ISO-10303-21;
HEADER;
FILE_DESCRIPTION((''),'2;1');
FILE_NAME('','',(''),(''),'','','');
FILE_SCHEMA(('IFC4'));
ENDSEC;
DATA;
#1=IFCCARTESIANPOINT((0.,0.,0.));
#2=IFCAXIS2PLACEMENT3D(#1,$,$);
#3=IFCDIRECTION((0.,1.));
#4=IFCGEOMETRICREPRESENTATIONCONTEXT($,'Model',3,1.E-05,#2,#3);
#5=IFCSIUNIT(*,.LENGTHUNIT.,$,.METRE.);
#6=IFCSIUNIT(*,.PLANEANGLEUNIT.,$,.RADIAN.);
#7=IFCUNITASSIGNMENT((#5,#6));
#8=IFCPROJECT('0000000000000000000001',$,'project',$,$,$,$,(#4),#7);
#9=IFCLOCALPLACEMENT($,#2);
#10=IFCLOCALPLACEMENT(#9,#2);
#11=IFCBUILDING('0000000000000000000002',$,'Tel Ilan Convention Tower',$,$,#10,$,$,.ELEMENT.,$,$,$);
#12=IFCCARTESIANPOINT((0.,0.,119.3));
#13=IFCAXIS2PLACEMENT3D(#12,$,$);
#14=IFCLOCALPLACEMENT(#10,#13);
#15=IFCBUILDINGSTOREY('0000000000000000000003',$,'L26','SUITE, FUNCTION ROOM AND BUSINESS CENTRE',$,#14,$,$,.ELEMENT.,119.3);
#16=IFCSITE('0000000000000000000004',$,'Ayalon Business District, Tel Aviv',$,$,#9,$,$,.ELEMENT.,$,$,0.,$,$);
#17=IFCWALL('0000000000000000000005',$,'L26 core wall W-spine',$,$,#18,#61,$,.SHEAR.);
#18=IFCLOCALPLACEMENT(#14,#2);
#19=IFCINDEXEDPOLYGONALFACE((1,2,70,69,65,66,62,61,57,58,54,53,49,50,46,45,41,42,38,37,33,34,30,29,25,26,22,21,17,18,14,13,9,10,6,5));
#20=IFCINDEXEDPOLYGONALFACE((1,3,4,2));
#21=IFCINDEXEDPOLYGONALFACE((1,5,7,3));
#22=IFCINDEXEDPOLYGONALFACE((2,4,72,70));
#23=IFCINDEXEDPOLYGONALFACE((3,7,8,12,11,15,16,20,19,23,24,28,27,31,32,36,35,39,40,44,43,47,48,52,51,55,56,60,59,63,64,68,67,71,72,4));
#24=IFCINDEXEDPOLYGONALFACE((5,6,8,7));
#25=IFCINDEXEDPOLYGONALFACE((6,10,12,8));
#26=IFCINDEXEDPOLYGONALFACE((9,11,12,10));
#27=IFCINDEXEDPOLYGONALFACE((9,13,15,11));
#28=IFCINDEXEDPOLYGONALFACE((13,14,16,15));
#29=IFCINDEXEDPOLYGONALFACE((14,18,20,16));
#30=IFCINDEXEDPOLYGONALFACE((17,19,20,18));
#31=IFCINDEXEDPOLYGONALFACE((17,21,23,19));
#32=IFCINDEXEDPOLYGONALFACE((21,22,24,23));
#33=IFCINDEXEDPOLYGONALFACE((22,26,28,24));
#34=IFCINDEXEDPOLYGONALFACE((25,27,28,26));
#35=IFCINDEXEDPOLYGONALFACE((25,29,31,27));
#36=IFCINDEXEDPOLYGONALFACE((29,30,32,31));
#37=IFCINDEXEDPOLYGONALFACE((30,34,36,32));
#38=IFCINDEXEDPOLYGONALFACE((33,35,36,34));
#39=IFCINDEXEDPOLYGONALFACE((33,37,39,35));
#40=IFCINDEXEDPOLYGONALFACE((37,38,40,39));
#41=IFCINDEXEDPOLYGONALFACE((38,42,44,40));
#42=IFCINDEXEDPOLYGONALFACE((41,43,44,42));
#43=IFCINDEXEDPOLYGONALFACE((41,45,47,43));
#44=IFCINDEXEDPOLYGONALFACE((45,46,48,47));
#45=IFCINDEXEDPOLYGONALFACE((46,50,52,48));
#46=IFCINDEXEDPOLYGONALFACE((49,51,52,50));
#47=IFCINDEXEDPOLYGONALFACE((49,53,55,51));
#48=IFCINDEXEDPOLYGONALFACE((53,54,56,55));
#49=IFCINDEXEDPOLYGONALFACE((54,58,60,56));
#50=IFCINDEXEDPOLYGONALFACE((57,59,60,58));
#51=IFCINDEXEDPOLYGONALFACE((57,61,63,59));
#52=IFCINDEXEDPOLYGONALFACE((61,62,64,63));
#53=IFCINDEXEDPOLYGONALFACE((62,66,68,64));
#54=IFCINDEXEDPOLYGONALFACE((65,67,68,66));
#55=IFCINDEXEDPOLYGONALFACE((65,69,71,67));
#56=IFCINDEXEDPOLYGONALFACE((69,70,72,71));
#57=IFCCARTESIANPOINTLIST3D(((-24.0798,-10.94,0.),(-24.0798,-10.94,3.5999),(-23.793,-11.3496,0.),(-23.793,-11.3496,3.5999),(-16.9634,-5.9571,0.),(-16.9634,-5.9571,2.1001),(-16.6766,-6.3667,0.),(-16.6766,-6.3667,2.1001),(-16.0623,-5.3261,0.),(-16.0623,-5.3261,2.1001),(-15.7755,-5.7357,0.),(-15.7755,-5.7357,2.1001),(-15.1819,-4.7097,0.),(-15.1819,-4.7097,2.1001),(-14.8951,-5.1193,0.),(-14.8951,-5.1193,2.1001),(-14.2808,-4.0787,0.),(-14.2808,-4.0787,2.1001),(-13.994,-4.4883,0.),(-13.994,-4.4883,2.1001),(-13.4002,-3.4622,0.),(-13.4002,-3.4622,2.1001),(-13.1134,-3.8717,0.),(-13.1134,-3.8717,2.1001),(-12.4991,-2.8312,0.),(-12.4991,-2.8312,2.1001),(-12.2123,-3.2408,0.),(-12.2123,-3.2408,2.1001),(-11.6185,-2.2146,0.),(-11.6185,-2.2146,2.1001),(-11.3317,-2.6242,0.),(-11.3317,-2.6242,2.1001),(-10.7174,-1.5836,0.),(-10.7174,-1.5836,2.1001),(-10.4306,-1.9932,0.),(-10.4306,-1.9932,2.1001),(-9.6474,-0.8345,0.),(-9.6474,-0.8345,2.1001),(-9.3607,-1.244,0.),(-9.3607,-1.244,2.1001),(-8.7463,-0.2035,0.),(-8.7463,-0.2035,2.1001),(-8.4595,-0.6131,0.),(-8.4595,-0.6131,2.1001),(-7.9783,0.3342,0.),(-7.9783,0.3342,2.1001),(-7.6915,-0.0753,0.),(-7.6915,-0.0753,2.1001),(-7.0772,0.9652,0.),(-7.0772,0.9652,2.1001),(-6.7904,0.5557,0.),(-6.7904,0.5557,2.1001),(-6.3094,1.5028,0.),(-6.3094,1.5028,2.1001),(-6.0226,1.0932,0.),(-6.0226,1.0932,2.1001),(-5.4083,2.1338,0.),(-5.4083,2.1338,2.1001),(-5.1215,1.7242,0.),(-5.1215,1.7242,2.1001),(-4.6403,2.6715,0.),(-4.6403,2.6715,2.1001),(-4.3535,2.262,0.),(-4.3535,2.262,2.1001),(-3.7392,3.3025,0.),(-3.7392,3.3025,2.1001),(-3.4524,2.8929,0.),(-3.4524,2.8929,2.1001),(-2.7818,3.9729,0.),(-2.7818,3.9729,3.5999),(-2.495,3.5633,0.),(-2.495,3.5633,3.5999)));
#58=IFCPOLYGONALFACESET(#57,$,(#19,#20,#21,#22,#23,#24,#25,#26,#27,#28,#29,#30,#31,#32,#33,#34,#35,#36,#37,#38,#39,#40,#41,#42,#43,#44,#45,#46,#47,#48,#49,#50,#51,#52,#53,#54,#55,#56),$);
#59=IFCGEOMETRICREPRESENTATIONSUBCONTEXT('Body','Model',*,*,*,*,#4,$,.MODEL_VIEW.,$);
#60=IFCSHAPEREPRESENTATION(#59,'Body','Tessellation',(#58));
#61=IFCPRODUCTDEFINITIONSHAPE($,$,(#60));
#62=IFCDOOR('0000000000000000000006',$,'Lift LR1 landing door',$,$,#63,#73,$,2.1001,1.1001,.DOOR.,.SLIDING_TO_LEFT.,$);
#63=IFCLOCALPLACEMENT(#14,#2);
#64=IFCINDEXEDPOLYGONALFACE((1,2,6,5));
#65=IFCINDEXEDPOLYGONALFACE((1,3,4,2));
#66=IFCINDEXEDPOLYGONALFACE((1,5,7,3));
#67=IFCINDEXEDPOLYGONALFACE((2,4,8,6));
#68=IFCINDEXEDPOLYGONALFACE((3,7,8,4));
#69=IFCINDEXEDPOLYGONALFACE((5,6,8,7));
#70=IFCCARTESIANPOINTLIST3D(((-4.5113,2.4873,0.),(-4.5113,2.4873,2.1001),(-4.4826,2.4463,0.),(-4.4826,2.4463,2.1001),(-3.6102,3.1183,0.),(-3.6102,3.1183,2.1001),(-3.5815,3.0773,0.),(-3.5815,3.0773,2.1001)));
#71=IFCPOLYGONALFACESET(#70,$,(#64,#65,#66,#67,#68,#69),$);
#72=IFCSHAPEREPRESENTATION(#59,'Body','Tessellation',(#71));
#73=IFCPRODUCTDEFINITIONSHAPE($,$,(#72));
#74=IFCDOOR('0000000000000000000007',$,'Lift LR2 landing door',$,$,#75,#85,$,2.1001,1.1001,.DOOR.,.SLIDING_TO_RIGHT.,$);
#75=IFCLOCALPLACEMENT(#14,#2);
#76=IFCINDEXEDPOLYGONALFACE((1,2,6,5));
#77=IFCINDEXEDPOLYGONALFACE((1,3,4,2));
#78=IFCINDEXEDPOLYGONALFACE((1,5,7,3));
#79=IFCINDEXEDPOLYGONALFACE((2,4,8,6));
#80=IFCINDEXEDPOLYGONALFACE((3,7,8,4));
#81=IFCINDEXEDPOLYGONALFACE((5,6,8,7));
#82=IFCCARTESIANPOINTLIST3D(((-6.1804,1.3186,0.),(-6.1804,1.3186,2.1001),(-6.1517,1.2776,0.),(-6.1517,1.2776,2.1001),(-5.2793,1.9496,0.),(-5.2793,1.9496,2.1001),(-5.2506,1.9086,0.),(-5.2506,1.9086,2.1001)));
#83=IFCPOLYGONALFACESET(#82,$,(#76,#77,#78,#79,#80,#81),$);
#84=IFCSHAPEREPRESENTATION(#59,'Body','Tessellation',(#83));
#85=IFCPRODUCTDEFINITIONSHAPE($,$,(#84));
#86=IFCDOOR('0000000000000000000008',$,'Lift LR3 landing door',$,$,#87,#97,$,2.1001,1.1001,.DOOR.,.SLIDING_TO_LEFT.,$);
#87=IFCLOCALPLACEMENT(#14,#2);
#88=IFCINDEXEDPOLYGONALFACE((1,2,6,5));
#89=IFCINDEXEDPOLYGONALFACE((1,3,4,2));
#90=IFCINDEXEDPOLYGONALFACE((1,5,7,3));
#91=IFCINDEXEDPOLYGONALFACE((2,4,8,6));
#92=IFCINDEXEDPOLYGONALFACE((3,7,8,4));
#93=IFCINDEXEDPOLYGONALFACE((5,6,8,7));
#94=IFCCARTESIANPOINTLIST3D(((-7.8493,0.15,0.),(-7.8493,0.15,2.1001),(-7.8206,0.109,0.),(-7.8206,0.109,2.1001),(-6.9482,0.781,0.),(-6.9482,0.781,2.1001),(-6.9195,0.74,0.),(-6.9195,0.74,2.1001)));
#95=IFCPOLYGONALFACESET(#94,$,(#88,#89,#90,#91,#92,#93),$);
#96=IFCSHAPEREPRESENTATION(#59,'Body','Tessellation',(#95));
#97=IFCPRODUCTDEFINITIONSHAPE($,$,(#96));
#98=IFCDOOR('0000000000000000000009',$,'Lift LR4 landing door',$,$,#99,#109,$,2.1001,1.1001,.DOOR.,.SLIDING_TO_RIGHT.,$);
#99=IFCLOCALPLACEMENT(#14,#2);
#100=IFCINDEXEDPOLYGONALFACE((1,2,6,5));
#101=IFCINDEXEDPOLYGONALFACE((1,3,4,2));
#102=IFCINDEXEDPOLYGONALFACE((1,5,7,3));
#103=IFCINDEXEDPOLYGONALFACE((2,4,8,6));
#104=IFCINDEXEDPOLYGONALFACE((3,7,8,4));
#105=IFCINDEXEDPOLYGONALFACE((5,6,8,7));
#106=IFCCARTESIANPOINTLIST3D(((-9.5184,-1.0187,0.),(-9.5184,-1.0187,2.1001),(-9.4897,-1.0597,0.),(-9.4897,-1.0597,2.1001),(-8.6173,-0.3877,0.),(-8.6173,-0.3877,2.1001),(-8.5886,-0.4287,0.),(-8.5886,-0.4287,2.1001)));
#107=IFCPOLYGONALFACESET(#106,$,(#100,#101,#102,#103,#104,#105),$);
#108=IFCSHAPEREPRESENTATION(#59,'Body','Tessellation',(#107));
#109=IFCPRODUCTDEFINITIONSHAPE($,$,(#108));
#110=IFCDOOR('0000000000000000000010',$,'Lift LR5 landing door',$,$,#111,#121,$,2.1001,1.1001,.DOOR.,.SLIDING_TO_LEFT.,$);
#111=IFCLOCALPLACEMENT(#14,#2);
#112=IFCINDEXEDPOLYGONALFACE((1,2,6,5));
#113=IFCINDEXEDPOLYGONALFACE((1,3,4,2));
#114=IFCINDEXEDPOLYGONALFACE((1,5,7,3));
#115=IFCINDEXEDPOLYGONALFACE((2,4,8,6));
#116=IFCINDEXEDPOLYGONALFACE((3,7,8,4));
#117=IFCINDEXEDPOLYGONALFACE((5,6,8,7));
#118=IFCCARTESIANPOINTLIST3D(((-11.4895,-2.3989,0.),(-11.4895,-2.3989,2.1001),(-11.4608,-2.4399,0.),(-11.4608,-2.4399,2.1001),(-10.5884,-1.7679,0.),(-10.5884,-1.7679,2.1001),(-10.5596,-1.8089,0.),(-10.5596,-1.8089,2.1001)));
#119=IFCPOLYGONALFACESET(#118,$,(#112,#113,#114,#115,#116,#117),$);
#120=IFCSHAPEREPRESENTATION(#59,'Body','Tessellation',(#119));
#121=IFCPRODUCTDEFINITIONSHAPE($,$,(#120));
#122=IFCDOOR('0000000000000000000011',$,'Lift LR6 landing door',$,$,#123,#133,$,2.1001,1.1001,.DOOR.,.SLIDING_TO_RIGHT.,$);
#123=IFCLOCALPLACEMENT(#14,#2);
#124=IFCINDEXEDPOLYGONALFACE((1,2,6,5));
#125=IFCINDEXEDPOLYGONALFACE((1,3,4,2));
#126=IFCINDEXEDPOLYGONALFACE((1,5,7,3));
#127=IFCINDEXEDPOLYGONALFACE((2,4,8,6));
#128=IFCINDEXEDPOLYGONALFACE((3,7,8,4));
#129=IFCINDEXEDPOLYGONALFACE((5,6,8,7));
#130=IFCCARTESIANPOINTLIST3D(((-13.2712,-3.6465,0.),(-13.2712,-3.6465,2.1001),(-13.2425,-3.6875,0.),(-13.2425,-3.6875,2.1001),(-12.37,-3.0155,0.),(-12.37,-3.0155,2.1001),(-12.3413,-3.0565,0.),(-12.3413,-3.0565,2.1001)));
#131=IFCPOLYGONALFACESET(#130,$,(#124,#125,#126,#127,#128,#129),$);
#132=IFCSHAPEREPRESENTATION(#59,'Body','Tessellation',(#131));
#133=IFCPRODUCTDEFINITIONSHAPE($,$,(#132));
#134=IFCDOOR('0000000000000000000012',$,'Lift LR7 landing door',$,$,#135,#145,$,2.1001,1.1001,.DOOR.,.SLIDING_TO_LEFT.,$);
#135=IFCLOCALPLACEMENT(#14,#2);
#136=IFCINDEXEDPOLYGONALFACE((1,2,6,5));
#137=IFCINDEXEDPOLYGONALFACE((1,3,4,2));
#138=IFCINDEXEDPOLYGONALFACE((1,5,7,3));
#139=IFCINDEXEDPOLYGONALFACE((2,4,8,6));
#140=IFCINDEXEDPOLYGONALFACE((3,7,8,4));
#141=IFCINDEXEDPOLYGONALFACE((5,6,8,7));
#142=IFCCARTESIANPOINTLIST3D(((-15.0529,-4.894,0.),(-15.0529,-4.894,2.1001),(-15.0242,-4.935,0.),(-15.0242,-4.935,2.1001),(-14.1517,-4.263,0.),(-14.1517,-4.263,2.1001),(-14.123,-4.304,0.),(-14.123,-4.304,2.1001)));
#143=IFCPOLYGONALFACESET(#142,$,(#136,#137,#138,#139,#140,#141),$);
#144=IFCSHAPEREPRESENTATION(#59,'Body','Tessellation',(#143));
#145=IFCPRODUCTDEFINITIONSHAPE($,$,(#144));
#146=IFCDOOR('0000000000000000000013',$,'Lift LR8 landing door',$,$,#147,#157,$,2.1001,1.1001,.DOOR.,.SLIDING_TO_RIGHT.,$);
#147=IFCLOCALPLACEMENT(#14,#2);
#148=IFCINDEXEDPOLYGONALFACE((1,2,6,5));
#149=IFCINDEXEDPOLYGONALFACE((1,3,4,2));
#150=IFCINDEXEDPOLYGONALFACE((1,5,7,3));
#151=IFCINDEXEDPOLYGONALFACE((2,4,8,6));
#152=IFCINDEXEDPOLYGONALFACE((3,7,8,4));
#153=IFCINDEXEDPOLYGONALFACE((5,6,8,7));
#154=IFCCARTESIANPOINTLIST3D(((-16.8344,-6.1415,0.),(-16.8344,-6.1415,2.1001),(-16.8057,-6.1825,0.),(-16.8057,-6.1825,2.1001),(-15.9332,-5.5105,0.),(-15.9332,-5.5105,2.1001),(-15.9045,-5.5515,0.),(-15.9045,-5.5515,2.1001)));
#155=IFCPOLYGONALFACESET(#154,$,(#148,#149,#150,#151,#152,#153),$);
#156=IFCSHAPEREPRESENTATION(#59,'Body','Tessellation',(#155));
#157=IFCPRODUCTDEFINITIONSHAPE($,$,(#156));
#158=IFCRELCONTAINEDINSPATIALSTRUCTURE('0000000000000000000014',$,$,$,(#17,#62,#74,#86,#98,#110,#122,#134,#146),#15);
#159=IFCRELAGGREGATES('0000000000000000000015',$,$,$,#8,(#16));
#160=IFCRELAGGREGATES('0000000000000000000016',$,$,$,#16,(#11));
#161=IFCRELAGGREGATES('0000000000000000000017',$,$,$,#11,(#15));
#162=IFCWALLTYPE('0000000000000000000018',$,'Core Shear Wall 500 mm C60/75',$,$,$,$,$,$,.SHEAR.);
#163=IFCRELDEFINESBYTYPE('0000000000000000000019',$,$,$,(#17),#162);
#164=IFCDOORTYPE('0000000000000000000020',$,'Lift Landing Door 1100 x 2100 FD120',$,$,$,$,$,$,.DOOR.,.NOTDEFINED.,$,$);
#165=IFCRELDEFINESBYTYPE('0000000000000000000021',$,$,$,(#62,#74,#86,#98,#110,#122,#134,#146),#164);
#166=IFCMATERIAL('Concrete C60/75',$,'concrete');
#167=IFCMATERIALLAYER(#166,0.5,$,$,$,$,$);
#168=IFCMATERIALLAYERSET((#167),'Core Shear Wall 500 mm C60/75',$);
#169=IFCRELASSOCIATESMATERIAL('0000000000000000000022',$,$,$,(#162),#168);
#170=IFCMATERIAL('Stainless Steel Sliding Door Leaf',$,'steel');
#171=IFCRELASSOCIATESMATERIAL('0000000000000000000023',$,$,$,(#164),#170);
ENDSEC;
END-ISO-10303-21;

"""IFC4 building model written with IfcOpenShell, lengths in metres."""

from ifc_helpers import new_model, si_unit, direction, frame, frame_2d, origin, place, context, subcontext, project, spatial, polyline, rectangle, outline, extrude, material, layer, layer_set, type_object, element, fill, save


model = new_model("IFC4")

# Units and contexts
model_context = context("Model", 3, precision=1e-05, world=origin(), true_north=direction((0.0, 1.0)))
body_context = subcontext(model_context, "Body", "Model", "MODEL_VIEW")
ifc_project = project(units=[si_unit("LENGTHUNIT", "METRE"), si_unit("PLANEANGLEUNIT", "RADIAN")], contexts=[model_context])

# Site, building, storey
site_placement = place(None, origin())
site = spatial("IfcSite", under=ifc_project, at=site_placement, Name="Ayalon Business District, Tel Aviv", CompositionType="ELEMENT", RefElevation=0.0)
building_placement = place(site_placement, origin())
building = spatial("IfcBuilding", under=site, at=building_placement, Name="Tel Ilan Convention Tower", CompositionType="ELEMENT")
storey_placement = place(building_placement, frame((0.0, 0.0, 119.3)))
storey = spatial("IfcBuildingStorey", under=building, at=storey_placement, Name="L26", Description="SUITE, FUNCTION ROOM AND BUSINESS CENTRE", CompositionType="ELEMENT", Elevation=119.3)

# Wall, openings, doors
ifc_material_1 = material(Name="Concrete C60/75", Category="concrete")
ifc_layer_1 = layer(ifc_material_1, 0.5)
ifc_layer_set_1 = layer_set([ifc_layer_1], Name="Core Shear Wall 500 mm C60/75")
wall_type_1 = type_object("IfcWallType", Name="Core Shear Wall 500 mm C60/75", PredefinedType="SHEAR", material=ifc_layer_set_1)
wall_1_placement = place(storey_placement, frame((-2.6384, 3.7681, 0.0), z_axis=(0.0, 0.0, 1.0), x_axis=(-0.819149, -0.573581, 0.0)))
wall_1 = element("IfcWall", 1, at=wall_1_placement, inside=storey, type_object=wall_type_1, Name="L26 core wall W-spine", PredefinedType="SHEAR", context=body_context, shape_type="SweptSolid", body=[
    extrude(outline(polyline([(26.0, 0.2498), (0.0, 0.25), (0.0, -0.25), (26.0, -0.2502), (26.0, 0.2498)])), origin(), (0.0, 0.0, 1.0), 3.5999),
])
opening_1_placement = place(wall_1_placement, frame((1.1687, 0.0, 0.0)))
opening_1 = element("IfcOpeningElement", 2, at=opening_1_placement, cuts=wall_1, PredefinedType="OPENING", context=body_context, shape_type="SweptSolid", body=[
    extrude(rectangle(XDim=1.1001, YDim=2.1001, at=frame_2d((0.55, 1.05))), frame((0.0, 0.26, 0.0), z_axis=(0.0, -1.0, 0.0), x_axis=(1.0, 0.0, 0.0)), (0.0, 0.0, 1.0), 0.52),
])
opening_2_placement = place(wall_1_placement, frame((3.2063, 0.0, 0.0)))
opening_2 = element("IfcOpeningElement", 3, at=opening_2_placement, cuts=wall_1, PredefinedType="OPENING", context=body_context, shape_type="SweptSolid", body=[
    extrude(rectangle(XDim=1.1001, YDim=2.1001, at=frame_2d((0.55, 1.05))), frame((0.0, 0.26, 0.0), z_axis=(0.0, -1.0, 0.0), x_axis=(1.0, 0.0, 0.0)), (0.0, 0.0, 1.0), 0.52),
])
opening_3_placement = place(wall_1_placement, frame((5.2437, 0.0, 0.0)))
opening_3 = element("IfcOpeningElement", 4, at=opening_3_placement, cuts=wall_1, PredefinedType="OPENING", context=body_context, shape_type="SweptSolid", body=[
    extrude(rectangle(XDim=1.1001, YDim=2.1001, at=frame_2d((0.55, 1.05))), frame((0.0, 0.26, 0.0), z_axis=(0.0, -1.0, 0.0), x_axis=(1.0, 0.0, 0.0)), (0.0, 0.0, 1.0), 0.52),
])
opening_4_placement = place(wall_1_placement, frame((7.2812, 0.0, 0.0)))
opening_4 = element("IfcOpeningElement", 5, at=opening_4_placement, cuts=wall_1, PredefinedType="OPENING", context=body_context, shape_type="SweptSolid", body=[
    extrude(rectangle(XDim=1.1001, YDim=2.1001, at=frame_2d((0.55, 1.05))), frame((0.0, 0.26, 0.0), z_axis=(0.0, -1.0, 0.0), x_axis=(1.0, 0.0, 0.0)), (0.0, 0.0, 1.0), 0.52),
])
opening_5_placement = place(wall_1_placement, frame((9.6875, 0.0, 0.0)))
opening_5 = element("IfcOpeningElement", 6, at=opening_5_placement, cuts=wall_1, PredefinedType="OPENING", context=body_context, shape_type="SweptSolid", body=[
    extrude(rectangle(XDim=1.1001, YDim=2.1001, at=frame_2d((0.55, 1.05))), frame((0.0, 0.26, 0.0), z_axis=(0.0, -1.0, 0.0), x_axis=(1.0, 0.0, 0.0)), (0.0, 0.0, 1.0), 0.52),
])
opening_6_placement = place(wall_1_placement, frame((11.8625, 0.0, 0.0)))
opening_6 = element("IfcOpeningElement", 7, at=opening_6_placement, cuts=wall_1, PredefinedType="OPENING", context=body_context, shape_type="SweptSolid", body=[
    extrude(rectangle(XDim=1.1001, YDim=2.1001, at=frame_2d((0.55, 1.05))), frame((0.0, 0.26, 0.0), z_axis=(0.0, -1.0, 0.0), x_axis=(1.0, 0.0, 0.0)), (0.0, 0.0, 1.0), 0.52),
])
opening_7_placement = place(wall_1_placement, frame((14.0376, 0.0, 0.0)))
opening_7 = element("IfcOpeningElement", 8, at=opening_7_placement, cuts=wall_1, PredefinedType="OPENING", context=body_context, shape_type="SweptSolid", body=[
    extrude(rectangle(XDim=1.1001, YDim=2.1001, at=frame_2d((0.55, 1.05))), frame((0.0, 0.26, 0.0), z_axis=(0.0, -1.0, 0.0), x_axis=(1.0, 0.0, 0.0)), (0.0, 0.0, 1.0), 0.52),
])
opening_8_placement = place(wall_1_placement, frame((16.2124, 0.0, 0.0)))
opening_8 = element("IfcOpeningElement", 9, at=opening_8_placement, cuts=wall_1, PredefinedType="OPENING", context=body_context, shape_type="SweptSolid", body=[
    extrude(rectangle(XDim=1.1001, YDim=2.1001, at=frame_2d((0.55, 1.05))), frame((0.0, 0.26, 0.0), z_axis=(0.0, -1.0, 0.0), x_axis=(1.0, 0.0, 0.0)), (0.0, 0.0, 1.0), 0.52),
])
ifc_material_2 = material(Name="Stainless Steel Sliding Door Leaf", Category="steel")
door_type = type_object("IfcDoorType", Name="Lift Landing Door 1100 x 2100 FD120", OperationType="NOTDEFINED", PredefinedType="DOOR", material=ifc_material_2)
door_1_placement = place(opening_1_placement, origin())
door_1 = element("IfcDoor", 10, at=door_1_placement, inside=storey, type_object=door_type, Name="Lift LR1 landing door", OperationType="SLIDING_TO_LEFT", OverallHeight=2.1001, OverallWidth=1.1001, PredefinedType="DOOR", context=body_context, shape_type="SweptSolid", body=[
    extrude(rectangle(XDim=1.1001, YDim=2.1001, at=frame_2d((0.55, 1.05))), frame((0.0, 0.0249, 0.0), z_axis=(0.0, -1.0, 0.0), x_axis=(1.0, 0.0, 0.0)), (0.0, 0.0, 1.0), 0.05),
])
fill(opening_1, door_1)
door_2_placement = place(opening_2_placement, origin())
door_2 = element("IfcDoor", 11, at=door_2_placement, inside=storey, type_object=door_type, Name="Lift LR2 landing door", OperationType="SLIDING_TO_RIGHT", OverallHeight=2.1001, OverallWidth=1.1001, PredefinedType="DOOR", context=body_context, shape_type="SweptSolid", body=[
    extrude(rectangle(XDim=1.1001, YDim=2.1001, at=frame_2d((0.55, 1.05))), frame((0.0, 0.0249, 0.0), z_axis=(0.0, -1.0, 0.0), x_axis=(1.0, 0.0, 0.0)), (0.0, 0.0, 1.0), 0.05),
])
fill(opening_2, door_2)
door_3_placement = place(opening_3_placement, origin())
door_3 = element("IfcDoor", 12, at=door_3_placement, inside=storey, type_object=door_type, Name="Lift LR3 landing door", OperationType="SLIDING_TO_LEFT", OverallHeight=2.1001, OverallWidth=1.1001, PredefinedType="DOOR", context=body_context, shape_type="SweptSolid", body=[
    extrude(rectangle(XDim=1.1001, YDim=2.1001, at=frame_2d((0.55, 1.05))), frame((0.0, 0.0249, 0.0), z_axis=(0.0, -1.0, 0.0), x_axis=(1.0, 0.0, 0.0)), (0.0, 0.0, 1.0), 0.05),
])
fill(opening_3, door_3)
door_4_placement = place(opening_4_placement, origin())
door_4 = element("IfcDoor", 13, at=door_4_placement, inside=storey, type_object=door_type, Name="Lift LR4 landing door", OperationType="SLIDING_TO_RIGHT", OverallHeight=2.1001, OverallWidth=1.1001, PredefinedType="DOOR", context=body_context, shape_type="SweptSolid", body=[
    extrude(rectangle(XDim=1.1001, YDim=2.1001, at=frame_2d((0.55, 1.05))), frame((0.0, 0.0249, 0.0), z_axis=(0.0, -1.0, 0.0), x_axis=(1.0, 0.0, 0.0)), (0.0, 0.0, 1.0), 0.05),
])
fill(opening_4, door_4)
door_5_placement = place(opening_5_placement, origin())
door_5 = element("IfcDoor", 14, at=door_5_placement, inside=storey, type_object=door_type, Name="Lift LR5 landing door", OperationType="SLIDING_TO_LEFT", OverallHeight=2.1001, OverallWidth=1.1001, PredefinedType="DOOR", context=body_context, shape_type="SweptSolid", body=[
    extrude(rectangle(XDim=1.1001, YDim=2.1001, at=frame_2d((0.55, 1.05))), frame((0.0, 0.0249, 0.0), z_axis=(0.0, -1.0, 0.0), x_axis=(1.0, 0.0, 0.0)), (0.0, 0.0, 1.0), 0.05),
])
fill(opening_5, door_5)
door_6_placement = place(opening_6_placement, origin())
door_6 = element("IfcDoor", 15, at=door_6_placement, inside=storey, type_object=door_type, Name="Lift LR6 landing door", OperationType="SLIDING_TO_RIGHT", OverallHeight=2.1001, OverallWidth=1.1001, PredefinedType="DOOR", context=body_context, shape_type="SweptSolid", body=[
    extrude(rectangle(XDim=1.1001, YDim=2.1001, at=frame_2d((0.55, 1.05))), frame((0.0, 0.0249, 0.0), z_axis=(0.0, -1.0, 0.0), x_axis=(1.0, 0.0, 0.0)), (0.0, 0.0, 1.0), 0.05),
])
fill(opening_6, door_6)
door_7_placement = place(opening_7_placement, origin())
door_7 = element("IfcDoor", 16, at=door_7_placement, inside=storey, type_object=door_type, Name="Lift LR7 landing door", OperationType="SLIDING_TO_LEFT", OverallHeight=2.1001, OverallWidth=1.1001, PredefinedType="DOOR", context=body_context, shape_type="SweptSolid", body=[
    extrude(rectangle(XDim=1.1001, YDim=2.1001, at=frame_2d((0.55, 1.05))), frame((0.0, 0.0249, 0.0), z_axis=(0.0, -1.0, 0.0), x_axis=(1.0, 0.0, 0.0)), (0.0, 0.0, 1.0), 0.05),
])
fill(opening_7, door_7)
door_8_placement = place(opening_8_placement, origin())
door_8 = element("IfcDoor", 17, at=door_8_placement, inside=storey, type_object=door_type, Name="Lift LR8 landing door", OperationType="SLIDING_TO_RIGHT", OverallHeight=2.1001, OverallWidth=1.1001, PredefinedType="DOOR", context=body_context, shape_type="SweptSolid", body=[
    extrude(rectangle(XDim=1.1001, YDim=2.1001, at=frame_2d((0.55, 1.05))), frame((0.0, 0.0249, 0.0), z_axis=(0.0, -1.0, 0.0), x_axis=(1.0, 0.0, 0.0)), (0.0, 0.0, 1.0), 0.05),
])
fill(opening_8, door_8)

save(model, "model.ifc")
